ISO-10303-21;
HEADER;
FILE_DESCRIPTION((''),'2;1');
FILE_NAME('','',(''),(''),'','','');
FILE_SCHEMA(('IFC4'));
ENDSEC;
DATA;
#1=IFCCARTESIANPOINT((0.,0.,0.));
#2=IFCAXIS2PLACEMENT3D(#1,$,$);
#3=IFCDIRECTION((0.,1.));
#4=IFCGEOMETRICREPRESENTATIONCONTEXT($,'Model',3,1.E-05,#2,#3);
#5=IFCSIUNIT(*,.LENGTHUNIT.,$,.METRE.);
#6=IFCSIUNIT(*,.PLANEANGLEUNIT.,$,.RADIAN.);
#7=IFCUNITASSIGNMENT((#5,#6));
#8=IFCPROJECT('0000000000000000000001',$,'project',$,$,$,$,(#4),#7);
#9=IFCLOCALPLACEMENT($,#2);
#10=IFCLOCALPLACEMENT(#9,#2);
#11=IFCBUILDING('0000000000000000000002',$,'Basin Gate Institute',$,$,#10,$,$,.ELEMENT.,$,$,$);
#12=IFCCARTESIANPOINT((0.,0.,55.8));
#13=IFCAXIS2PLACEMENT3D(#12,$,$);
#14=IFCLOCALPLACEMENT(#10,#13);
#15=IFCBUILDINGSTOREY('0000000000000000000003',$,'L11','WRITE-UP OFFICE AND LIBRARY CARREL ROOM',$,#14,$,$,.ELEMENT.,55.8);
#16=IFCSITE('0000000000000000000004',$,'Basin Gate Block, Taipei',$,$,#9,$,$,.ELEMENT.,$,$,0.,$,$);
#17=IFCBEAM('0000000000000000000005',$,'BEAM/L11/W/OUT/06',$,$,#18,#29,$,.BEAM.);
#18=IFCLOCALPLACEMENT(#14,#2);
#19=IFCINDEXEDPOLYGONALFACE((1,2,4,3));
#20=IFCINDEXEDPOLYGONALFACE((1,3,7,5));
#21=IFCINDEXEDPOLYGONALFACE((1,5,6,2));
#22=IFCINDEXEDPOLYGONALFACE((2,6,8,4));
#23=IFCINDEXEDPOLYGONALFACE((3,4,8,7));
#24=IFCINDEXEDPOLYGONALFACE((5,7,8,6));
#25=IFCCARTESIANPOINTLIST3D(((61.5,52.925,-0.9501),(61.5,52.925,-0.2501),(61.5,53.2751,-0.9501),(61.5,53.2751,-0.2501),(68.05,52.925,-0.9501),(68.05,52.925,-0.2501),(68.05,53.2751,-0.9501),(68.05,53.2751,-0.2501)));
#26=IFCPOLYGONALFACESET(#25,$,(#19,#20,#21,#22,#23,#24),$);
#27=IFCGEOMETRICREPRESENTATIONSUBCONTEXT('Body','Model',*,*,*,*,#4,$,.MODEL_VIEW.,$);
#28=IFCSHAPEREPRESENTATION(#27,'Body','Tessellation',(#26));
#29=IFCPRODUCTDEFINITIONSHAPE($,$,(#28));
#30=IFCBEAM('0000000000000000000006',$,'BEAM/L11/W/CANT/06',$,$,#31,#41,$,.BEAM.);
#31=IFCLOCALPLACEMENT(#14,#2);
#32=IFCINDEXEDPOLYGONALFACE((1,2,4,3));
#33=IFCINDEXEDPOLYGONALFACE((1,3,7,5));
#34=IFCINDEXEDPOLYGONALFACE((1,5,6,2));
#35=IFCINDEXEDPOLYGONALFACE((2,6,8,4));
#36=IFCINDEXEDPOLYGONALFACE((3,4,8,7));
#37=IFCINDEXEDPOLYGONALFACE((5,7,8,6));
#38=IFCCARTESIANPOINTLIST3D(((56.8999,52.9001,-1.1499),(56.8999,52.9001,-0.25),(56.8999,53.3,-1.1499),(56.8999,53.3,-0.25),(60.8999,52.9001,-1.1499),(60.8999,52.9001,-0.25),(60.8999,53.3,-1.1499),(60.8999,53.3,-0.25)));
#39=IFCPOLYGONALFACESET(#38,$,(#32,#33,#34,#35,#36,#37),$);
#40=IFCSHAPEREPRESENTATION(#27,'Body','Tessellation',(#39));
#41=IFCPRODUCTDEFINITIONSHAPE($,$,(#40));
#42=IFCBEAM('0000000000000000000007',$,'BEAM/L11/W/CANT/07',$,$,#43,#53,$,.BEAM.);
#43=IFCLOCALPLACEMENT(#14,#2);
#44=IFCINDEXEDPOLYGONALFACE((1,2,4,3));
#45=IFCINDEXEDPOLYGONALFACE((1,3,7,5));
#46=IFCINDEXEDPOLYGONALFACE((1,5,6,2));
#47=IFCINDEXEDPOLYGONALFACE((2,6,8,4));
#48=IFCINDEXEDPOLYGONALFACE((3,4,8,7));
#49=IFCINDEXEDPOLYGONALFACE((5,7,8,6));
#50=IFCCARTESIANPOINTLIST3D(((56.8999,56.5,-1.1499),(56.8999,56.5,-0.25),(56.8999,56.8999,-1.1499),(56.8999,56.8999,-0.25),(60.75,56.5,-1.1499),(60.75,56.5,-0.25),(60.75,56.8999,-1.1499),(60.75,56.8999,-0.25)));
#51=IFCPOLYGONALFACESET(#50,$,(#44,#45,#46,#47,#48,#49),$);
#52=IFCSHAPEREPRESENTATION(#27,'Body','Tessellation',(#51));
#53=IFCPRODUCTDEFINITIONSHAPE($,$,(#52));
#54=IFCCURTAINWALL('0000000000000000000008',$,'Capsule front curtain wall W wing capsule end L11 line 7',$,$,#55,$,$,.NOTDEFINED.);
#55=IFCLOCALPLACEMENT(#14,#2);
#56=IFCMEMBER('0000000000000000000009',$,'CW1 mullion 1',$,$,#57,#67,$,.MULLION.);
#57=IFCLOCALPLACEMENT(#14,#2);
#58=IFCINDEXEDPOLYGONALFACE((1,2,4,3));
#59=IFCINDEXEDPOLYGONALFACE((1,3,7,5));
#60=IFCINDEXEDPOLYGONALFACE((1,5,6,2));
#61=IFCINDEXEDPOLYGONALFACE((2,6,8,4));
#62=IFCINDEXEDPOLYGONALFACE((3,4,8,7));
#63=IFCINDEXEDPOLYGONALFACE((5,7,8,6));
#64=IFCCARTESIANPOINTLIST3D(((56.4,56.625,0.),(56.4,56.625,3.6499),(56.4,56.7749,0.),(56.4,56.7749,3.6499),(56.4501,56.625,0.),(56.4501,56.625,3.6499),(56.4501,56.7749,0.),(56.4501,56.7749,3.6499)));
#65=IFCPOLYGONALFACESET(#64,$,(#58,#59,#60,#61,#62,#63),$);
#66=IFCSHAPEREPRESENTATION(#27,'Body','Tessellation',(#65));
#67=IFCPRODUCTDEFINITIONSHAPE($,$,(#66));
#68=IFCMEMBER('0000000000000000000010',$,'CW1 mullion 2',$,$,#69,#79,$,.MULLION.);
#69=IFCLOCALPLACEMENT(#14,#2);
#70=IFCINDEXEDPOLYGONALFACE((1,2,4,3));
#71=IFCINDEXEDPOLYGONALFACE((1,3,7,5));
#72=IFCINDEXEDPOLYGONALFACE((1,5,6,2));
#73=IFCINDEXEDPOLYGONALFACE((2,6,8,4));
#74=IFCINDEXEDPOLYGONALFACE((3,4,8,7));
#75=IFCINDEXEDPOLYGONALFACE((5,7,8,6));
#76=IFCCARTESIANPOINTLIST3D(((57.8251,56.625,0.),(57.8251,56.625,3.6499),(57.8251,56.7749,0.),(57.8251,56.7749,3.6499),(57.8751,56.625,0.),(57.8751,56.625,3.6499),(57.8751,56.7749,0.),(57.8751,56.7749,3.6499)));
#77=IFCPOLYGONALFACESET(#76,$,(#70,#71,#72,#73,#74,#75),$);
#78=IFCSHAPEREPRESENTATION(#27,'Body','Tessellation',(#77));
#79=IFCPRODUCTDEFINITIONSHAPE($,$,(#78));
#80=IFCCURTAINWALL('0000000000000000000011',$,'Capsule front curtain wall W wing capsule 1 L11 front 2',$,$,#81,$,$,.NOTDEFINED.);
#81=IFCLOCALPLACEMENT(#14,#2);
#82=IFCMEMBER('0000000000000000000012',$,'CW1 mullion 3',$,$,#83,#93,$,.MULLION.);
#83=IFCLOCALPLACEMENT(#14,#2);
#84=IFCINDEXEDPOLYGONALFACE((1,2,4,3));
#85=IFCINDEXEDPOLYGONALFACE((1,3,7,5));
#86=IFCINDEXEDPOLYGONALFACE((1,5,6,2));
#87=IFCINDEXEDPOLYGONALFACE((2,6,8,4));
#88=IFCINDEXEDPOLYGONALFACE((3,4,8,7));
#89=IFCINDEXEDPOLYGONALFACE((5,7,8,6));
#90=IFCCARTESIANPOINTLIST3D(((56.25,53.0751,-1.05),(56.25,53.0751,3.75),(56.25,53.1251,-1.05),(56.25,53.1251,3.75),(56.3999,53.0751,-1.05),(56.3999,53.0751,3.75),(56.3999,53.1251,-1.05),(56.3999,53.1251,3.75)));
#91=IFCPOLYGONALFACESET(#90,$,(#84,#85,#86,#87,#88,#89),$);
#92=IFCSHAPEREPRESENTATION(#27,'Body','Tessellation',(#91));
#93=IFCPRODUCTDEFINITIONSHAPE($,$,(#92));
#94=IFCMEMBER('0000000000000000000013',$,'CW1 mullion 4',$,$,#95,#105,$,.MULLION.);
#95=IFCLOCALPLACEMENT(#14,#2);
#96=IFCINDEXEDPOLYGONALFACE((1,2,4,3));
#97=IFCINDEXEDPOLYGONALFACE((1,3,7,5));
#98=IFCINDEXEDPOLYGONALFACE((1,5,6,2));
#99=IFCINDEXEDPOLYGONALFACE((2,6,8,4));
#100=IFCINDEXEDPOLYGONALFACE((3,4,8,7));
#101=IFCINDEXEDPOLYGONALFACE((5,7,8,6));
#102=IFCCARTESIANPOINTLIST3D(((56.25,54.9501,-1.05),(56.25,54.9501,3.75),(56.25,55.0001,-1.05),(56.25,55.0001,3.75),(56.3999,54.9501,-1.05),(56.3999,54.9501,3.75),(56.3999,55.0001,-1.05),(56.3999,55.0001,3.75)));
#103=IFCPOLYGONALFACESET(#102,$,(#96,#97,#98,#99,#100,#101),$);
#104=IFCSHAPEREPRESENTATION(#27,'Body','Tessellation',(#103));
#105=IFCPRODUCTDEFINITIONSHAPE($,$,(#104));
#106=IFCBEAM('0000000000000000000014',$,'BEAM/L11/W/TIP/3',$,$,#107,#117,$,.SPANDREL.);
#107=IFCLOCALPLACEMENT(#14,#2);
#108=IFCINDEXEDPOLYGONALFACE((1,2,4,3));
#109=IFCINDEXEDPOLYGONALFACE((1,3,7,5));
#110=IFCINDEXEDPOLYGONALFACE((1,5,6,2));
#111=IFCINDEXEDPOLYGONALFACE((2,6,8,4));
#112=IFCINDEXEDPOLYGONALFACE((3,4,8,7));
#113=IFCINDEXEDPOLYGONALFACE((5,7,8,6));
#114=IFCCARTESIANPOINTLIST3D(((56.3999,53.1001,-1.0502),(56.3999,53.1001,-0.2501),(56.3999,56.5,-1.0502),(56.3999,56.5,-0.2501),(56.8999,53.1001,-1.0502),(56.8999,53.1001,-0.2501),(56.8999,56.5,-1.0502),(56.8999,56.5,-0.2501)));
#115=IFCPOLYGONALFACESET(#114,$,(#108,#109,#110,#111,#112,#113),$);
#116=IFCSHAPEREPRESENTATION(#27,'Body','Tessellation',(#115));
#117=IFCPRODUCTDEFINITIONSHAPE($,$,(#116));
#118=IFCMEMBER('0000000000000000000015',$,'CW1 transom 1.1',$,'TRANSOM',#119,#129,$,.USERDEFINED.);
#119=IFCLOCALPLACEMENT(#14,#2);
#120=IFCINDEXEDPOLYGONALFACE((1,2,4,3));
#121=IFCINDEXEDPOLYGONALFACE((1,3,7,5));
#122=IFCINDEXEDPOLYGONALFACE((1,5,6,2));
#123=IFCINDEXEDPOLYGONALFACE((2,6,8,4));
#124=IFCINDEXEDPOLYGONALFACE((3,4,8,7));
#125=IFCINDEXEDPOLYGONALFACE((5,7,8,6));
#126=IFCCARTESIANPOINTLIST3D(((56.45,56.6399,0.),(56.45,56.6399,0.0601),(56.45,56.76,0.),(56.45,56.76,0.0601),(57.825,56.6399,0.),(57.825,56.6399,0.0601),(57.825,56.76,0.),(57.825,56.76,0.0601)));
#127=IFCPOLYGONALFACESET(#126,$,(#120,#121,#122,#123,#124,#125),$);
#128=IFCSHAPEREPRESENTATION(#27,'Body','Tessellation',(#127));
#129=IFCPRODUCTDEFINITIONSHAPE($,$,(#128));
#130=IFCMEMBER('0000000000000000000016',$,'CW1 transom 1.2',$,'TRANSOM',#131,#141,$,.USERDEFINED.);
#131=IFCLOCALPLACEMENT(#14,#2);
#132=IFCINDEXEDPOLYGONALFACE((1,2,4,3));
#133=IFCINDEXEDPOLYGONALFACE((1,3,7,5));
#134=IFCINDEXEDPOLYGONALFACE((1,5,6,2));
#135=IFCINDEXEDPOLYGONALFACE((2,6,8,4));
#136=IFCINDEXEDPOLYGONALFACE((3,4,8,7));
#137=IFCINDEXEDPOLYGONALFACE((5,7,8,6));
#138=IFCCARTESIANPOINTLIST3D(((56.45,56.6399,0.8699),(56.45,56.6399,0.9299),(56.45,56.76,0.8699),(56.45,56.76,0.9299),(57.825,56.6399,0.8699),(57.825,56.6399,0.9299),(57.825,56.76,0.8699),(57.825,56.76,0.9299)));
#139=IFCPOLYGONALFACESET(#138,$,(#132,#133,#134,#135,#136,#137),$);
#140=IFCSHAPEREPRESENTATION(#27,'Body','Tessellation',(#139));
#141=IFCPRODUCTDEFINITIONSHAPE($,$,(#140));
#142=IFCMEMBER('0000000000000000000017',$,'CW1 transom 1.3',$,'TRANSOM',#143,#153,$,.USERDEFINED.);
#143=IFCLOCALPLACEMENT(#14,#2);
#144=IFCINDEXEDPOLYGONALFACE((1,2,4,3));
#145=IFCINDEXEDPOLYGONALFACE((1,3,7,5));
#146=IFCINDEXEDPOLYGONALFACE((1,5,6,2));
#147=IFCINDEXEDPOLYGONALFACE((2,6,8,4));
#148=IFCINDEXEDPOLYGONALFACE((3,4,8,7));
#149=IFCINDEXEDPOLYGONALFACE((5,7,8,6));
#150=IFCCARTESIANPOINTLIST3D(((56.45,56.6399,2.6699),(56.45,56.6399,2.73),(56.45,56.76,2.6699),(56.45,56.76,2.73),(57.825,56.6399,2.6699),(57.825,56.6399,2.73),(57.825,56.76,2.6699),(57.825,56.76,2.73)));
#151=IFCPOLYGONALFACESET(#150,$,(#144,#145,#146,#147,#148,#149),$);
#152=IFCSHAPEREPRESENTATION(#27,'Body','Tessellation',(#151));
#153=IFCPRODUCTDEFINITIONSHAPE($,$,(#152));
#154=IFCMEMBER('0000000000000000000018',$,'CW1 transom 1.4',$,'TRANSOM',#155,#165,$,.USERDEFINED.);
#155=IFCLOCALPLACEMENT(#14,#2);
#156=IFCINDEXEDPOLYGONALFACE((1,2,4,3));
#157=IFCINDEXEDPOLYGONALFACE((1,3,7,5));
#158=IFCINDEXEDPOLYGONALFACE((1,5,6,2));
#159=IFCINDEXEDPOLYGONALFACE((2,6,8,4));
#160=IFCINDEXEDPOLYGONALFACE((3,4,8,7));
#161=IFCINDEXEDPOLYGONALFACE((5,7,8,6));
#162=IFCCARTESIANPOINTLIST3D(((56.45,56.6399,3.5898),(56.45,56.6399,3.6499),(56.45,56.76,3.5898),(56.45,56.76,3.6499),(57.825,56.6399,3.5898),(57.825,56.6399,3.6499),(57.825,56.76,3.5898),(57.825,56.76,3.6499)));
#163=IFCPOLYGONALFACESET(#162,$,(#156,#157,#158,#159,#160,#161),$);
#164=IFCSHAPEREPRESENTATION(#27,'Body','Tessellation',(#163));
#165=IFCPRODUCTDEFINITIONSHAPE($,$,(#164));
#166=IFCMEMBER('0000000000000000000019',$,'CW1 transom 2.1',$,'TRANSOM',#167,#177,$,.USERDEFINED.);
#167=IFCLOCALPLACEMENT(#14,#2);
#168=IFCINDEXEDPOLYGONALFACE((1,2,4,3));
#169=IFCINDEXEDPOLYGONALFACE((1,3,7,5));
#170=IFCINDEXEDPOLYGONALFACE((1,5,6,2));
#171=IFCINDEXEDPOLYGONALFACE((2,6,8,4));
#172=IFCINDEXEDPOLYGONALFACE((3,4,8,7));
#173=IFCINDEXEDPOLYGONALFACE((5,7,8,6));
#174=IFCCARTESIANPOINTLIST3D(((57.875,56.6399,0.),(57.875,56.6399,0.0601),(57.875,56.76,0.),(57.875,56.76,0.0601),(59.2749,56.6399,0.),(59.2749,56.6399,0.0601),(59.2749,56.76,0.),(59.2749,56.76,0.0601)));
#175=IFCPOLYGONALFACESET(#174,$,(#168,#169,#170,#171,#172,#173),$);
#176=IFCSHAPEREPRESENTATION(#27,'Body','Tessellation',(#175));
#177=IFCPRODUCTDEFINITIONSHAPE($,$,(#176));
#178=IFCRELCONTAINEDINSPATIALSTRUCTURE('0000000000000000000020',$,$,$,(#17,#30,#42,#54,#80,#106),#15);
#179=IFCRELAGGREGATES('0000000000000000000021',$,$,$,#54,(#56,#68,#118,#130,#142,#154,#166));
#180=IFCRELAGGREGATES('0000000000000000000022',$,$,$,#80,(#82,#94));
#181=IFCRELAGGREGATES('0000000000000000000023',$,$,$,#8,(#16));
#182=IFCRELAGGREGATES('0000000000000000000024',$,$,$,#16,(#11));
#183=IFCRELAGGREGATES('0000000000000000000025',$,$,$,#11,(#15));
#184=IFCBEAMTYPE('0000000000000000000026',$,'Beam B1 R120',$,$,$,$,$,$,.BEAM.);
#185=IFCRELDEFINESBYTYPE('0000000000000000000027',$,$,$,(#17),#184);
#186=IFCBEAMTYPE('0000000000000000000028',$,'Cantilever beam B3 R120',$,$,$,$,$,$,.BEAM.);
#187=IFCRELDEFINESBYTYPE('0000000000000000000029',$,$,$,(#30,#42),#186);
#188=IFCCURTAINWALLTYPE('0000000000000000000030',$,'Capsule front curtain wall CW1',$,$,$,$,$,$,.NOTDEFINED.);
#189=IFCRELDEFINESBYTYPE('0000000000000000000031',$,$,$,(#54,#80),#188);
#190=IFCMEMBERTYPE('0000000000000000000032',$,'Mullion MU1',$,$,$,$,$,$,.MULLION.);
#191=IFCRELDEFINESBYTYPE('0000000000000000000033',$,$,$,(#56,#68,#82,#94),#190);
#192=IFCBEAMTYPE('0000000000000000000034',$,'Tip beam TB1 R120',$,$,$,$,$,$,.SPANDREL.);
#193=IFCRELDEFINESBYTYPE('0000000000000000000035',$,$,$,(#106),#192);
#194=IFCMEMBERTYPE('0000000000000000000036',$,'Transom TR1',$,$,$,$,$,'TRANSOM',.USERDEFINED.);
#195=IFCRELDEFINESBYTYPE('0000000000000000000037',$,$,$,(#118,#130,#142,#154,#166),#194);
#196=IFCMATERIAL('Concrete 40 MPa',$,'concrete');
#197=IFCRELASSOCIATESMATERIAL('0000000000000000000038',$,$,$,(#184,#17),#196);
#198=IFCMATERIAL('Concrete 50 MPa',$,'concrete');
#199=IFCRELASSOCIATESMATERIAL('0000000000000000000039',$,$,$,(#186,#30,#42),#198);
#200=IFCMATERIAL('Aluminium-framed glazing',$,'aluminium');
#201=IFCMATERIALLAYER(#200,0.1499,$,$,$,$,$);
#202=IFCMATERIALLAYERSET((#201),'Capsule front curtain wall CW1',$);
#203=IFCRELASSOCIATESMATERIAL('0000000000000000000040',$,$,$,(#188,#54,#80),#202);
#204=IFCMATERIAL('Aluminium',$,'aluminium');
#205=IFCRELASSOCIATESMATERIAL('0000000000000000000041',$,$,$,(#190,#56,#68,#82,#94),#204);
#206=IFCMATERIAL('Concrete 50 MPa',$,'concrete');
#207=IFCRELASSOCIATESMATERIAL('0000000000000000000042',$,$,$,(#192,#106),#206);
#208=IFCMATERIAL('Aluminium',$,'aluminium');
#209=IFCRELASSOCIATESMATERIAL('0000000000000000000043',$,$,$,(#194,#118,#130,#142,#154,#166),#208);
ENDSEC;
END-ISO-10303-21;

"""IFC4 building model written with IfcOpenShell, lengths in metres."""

from ifc_helpers import new_model, si_unit, direction, frame, origin, origin_2d, place, context, subcontext, project, spatial, rectangle, extrude, material, layer, layer_set, material_profile, profile_set, type_object, element, aggregate, save


model = new_model("IFC4")

# Units and contexts
model_context = context("Model", 3, precision=1e-05, world=origin(), true_north=direction((0.0, 1.0)))
body_context = subcontext(model_context, "Body", "Model", "MODEL_VIEW")
ifc_project = project(units=[si_unit("LENGTHUNIT", "METRE"), si_unit("PLANEANGLEUNIT", "RADIAN")], contexts=[model_context])

# Site, building, storey
site_placement = place(None, origin())
site = spatial("IfcSite", under=ifc_project, at=site_placement, Name="Basin Gate Block, Taipei", CompositionType="ELEMENT", RefElevation=0.0)
building_placement = place(site_placement, origin())
building = spatial("IfcBuilding", under=site, at=building_placement, Name="Basin Gate Institute", CompositionType="ELEMENT")
storey_placement = place(building_placement, frame((0.0, 0.0, 55.8)))
storey = spatial("IfcBuildingStorey", under=building, at=storey_placement, Name="L11", Description="WRITE-UP OFFICE AND LIBRARY CARREL ROOM", CompositionType="ELEMENT", Elevation=55.8)

# Beams
ifc_material_1 = material(Name="Concrete 40 MPa", Category="concrete")
ifc_material_profile_1 = material_profile(ifc_material_1, rectangle(XDim=0.3501, YDim=0.7, at=origin_2d()), Name="Beam B1 350 x 700")
ifc_profile_set_1 = profile_set([ifc_material_profile_1], Name="Concrete 40 MPa")
beam_type_1 = type_object("IfcBeamType", Name="Beam B1 R120", PredefinedType="BEAM", material=ifc_profile_set_1)
beam_1_placement = place(storey_placement, frame((61.5, 53.1001, -0.6001), z_axis=(1.0, 0.0, 0.0), x_axis=(0.0, 1.0, 0.0)))
element("IfcBeam", 1, at=beam_1_placement, inside=storey, type_object=beam_type_1, material=ifc_profile_set_1, Name="BEAM/L11/W/OUT/06", PredefinedType="BEAM", context=body_context, shape_type="SweptSolid", body=[
    extrude(rectangle(XDim=0.3501, YDim=0.7, at=origin_2d()), origin(), (0.0, 0.0, 1.0), 6.55),
])
ifc_material_2 = material(Name="Concrete 50 MPa", Category="concrete")
ifc_material_profile_2 = material_profile(ifc_material_2, rectangle(XDim=0.3999, YDim=0.8999, at=origin_2d()), Name="Cantilever beam B3 400 x 900")
ifc_profile_set_2 = profile_set([ifc_material_profile_2], Name="Concrete 50 MPa")
beam_type_2 = type_object("IfcBeamType", Name="Cantilever beam B3 R120", PredefinedType="BEAM", material=ifc_profile_set_2)
beam_2_placement = place(storey_placement, frame((56.8999, 53.1001, -0.7), z_axis=(1.0, 0.0, 0.0), x_axis=(0.0, 1.0, 0.0)))
element("IfcBeam", 2, at=beam_2_placement, inside=storey, type_object=beam_type_2, material=ifc_profile_set_2, Name="BEAM/L11/W/CANT/06", PredefinedType="BEAM", context=body_context, shape_type="SweptSolid", body=[
    extrude(rectangle(XDim=0.3999, YDim=0.8999, at=origin_2d()), origin(), (0.0, 0.0, 1.0), 4.0),
])
beam_3_placement = place(storey_placement, frame((56.8999, 56.7, -0.7), z_axis=(1.0, 0.0, 0.0), x_axis=(0.0, 1.0, 0.0)))
element("IfcBeam", 3, at=beam_3_placement, inside=storey, type_object=beam_type_2, material=ifc_profile_set_2, Name="BEAM/L11/W/CANT/07", PredefinedType="BEAM", context=body_context, shape_type="SweptSolid", body=[
    extrude(rectangle(XDim=0.3999, YDim=0.8999, at=origin_2d()), origin(), (0.0, 0.0, 1.0), 3.8501),
])

# Curtain walls, members
ifc_material_3 = material(Name="Aluminium-framed glazing", Category="aluminium")
ifc_layer_1 = layer(ifc_material_3, 0.1499)
ifc_layer_set_1 = layer_set([ifc_layer_1], Name="Capsule front curtain wall CW1")
curtain_wall_type = type_object("IfcCurtainWallType", Name="Capsule front curtain wall CW1", PredefinedType="NOTDEFINED", material=ifc_layer_set_1)
curtain_wall_1_placement = place(storey_placement, origin())
curtain_wall_1 = element("IfcCurtainWall", 4, at=curtain_wall_1_placement, inside=storey, type_object=curtain_wall_type, material=ifc_layer_set_1, Name="Capsule front curtain wall W wing capsule end L11 line 7", PredefinedType="NOTDEFINED")
ifc_material_4 = material(Name="Aluminium", Category="aluminium")
ifc_material_profile_3 = material_profile(ifc_material_4, rectangle(XDim=0.1499, YDim=0.05, at=origin_2d()), Name="Mullion MU1 150 x 50")
ifc_profile_set_3 = profile_set([ifc_material_profile_3], Name="Aluminium")
member_type_1 = type_object("IfcMemberType", Name="Mullion MU1", PredefinedType="MULLION", material=ifc_profile_set_3)
member_1_placement = place(storey_placement, frame((56.425, 56.7, 0.0), z_axis=(0.0, 0.0, 1.0), x_axis=(0.0, 1.0, 0.0)))
member_1 = element("IfcMember", 5, at=member_1_placement, type_object=member_type_1, material=ifc_profile_set_3, Name="CW1 mullion 1", PredefinedType="MULLION", context=body_context, shape_type="SweptSolid", body=[
    extrude(rectangle(XDim=0.1499, YDim=0.05, at=origin_2d()), origin(), (0.0, 0.0, 1.0), 3.6499),
])
member_2_placement = place(storey_placement, frame((57.8501, 56.7, 0.0), z_axis=(0.0, 0.0, 1.0), x_axis=(0.0, 1.0, 0.0)))
member_2 = element("IfcMember", 6, at=member_2_placement, type_object=member_type_1, material=ifc_profile_set_3, Name="CW1 mullion 2", PredefinedType="MULLION", context=body_context, shape_type="SweptSolid", body=[
    extrude(rectangle(XDim=0.1499, YDim=0.05, at=origin_2d()), origin(), (0.0, 0.0, 1.0), 3.6499),
])
curtain_wall_2_placement = place(storey_placement, origin())
curtain_wall_2 = element("IfcCurtainWall", 7, at=curtain_wall_2_placement, inside=storey, type_object=curtain_wall_type, material=ifc_layer_set_1, Name="Capsule front curtain wall W wing capsule 1 L11 front 2", PredefinedType="NOTDEFINED")
member_3_placement = place(storey_placement, frame((56.325, 53.1001, -1.05), z_axis=(0.0, 0.0, 1.0), x_axis=(-1.0, 0.0, 0.0)))
member_3 = element("IfcMember", 8, at=member_3_placement, type_object=member_type_1, material=ifc_profile_set_3, Name="CW1 mullion 3", PredefinedType="MULLION", context=body_context, shape_type="SweptSolid", body=[
    extrude(rectangle(XDim=0.1499, YDim=0.05, at=origin_2d()), origin(), (0.0, 0.0, 1.0), 4.8),
])
member_4_placement = place(storey_placement, frame((56.325, 54.9751, -1.05), z_axis=(0.0, 0.0, 1.0), x_axis=(-1.0, 0.0, 0.0)))
member_4 = element("IfcMember", 9, at=member_4_placement, type_object=member_type_1, material=ifc_profile_set_3, Name="CW1 mullion 4", PredefinedType="MULLION", context=body_context, shape_type="SweptSolid", body=[
    extrude(rectangle(XDim=0.1499, YDim=0.05, at=origin_2d()), origin(), (0.0, 0.0, 1.0), 4.8),
])

# Beam
ifc_material_5 = material(Name="Concrete 50 MPa", Category="concrete")
ifc_material_profile_4 = material_profile(ifc_material_5, rectangle(XDim=0.5, YDim=0.8, at=origin_2d()), Name="Tip beam TB1 500 x 800")
ifc_profile_set_4 = profile_set([ifc_material_profile_4], Name="Concrete 50 MPa")
beam_type_3 = type_object("IfcBeamType", Name="Tip beam TB1 R120", PredefinedType="SPANDREL", material=ifc_profile_set_4)
beam_4_placement = place(storey_placement, frame((56.6499, 53.1001, -0.6501), z_axis=(0.0, 1.0, 0.0), x_axis=(-1.0, 0.0, 0.0)))
element("IfcBeam", 10, at=beam_4_placement, inside=storey, type_object=beam_type_3, material=ifc_profile_set_4, Name="BEAM/L11/W/TIP/3", PredefinedType="SPANDREL", context=body_context, shape_type="SweptSolid", body=[
    extrude(rectangle(XDim=0.5, YDim=0.8, at=origin_2d()), origin(), (0.0, 0.0, 1.0), 3.3999),
])

# Members
ifc_material_6 = material(Name="Aluminium", Category="aluminium")
ifc_material_profile_5 = material_profile(ifc_material_6, rectangle(XDim=0.1201, YDim=0.0601, at=origin_2d()), Name="Transom TR1 120 x 60")
ifc_profile_set_5 = profile_set([ifc_material_profile_5], Name="Aluminium")
member_type_2 = type_object("IfcMemberType", Name="Transom TR1", ElementType="TRANSOM", PredefinedType="USERDEFINED", material=ifc_profile_set_5)
member_5_placement = place(storey_placement, frame((56.45, 56.7, 0.03), z_axis=(1.0, 0.0, 0.0), x_axis=(0.0, 1.0, 0.0)))
member_5 = element("IfcMember", 11, at=member_5_placement, type_object=member_type_2, material=ifc_profile_set_5, Name="CW1 transom 1.1", ObjectType="TRANSOM", PredefinedType="USERDEFINED", context=body_context, shape_type="SweptSolid", body=[
    extrude(rectangle(XDim=0.1201, YDim=0.0601, at=origin_2d()), origin(), (0.0, 0.0, 1.0), 1.375),
])
member_6_placement = place(storey_placement, frame((56.45, 56.7, 0.8999), z_axis=(1.0, 0.0, 0.0), x_axis=(0.0, 1.0, 0.0)))
member_6 = element("IfcMember", 12, at=member_6_placement, type_object=member_type_2, material=ifc_profile_set_5, Name="CW1 transom 1.2", ObjectType="TRANSOM", PredefinedType="USERDEFINED", context=body_context, shape_type="SweptSolid", body=[
    extrude(rectangle(XDim=0.1201, YDim=0.0601, at=origin_2d()), origin(), (0.0, 0.0, 1.0), 1.375),
])
member_7_placement = place(storey_placement, frame((56.45, 56.7, 2.7), z_axis=(1.0, 0.0, 0.0), x_axis=(0.0, 1.0, 0.0)))
member_7 = element("IfcMember", 13, at=member_7_placement, type_object=member_type_2, material=ifc_profile_set_5, Name="CW1 transom 1.3", ObjectType="TRANSOM", PredefinedType="USERDEFINED", context=body_context, shape_type="SweptSolid", body=[
    extrude(rectangle(XDim=0.1201, YDim=0.0601, at=origin_2d()), origin(), (0.0, 0.0, 1.0), 1.375),
])
member_8_placement = place(storey_placement, frame((56.45, 56.7, 3.6199), z_axis=(1.0, 0.0, 0.0), x_axis=(0.0, 1.0, 0.0)))
member_8 = element("IfcMember", 14, at=member_8_placement, type_object=member_type_2, material=ifc_profile_set_5, Name="CW1 transom 1.4", ObjectType="TRANSOM", PredefinedType="USERDEFINED", context=body_context, shape_type="SweptSolid", body=[
    extrude(rectangle(XDim=0.1201, YDim=0.0601, at=origin_2d()), origin(), (0.0, 0.0, 1.0), 1.375),
])
member_9_placement = place(storey_placement, frame((57.875, 56.7, 0.03), z_axis=(1.0, 0.0, 0.0), x_axis=(0.0, 1.0, 0.0)))
member_9 = element("IfcMember", 15, at=member_9_placement, type_object=member_type_2, material=ifc_profile_set_5, Name="CW1 transom 2.1", ObjectType="TRANSOM", PredefinedType="USERDEFINED", context=body_context, shape_type="SweptSolid", body=[
    extrude(rectangle(XDim=0.1201, YDim=0.0601, at=origin_2d()), origin(), (0.0, 0.0, 1.0), 1.3999),
])

aggregate(curtain_wall_1, [member_1, member_2, member_5, member_6, member_7, member_8, member_9])
aggregate(curtain_wall_2, [member_3, member_4])

save(model, "model.ifc")
